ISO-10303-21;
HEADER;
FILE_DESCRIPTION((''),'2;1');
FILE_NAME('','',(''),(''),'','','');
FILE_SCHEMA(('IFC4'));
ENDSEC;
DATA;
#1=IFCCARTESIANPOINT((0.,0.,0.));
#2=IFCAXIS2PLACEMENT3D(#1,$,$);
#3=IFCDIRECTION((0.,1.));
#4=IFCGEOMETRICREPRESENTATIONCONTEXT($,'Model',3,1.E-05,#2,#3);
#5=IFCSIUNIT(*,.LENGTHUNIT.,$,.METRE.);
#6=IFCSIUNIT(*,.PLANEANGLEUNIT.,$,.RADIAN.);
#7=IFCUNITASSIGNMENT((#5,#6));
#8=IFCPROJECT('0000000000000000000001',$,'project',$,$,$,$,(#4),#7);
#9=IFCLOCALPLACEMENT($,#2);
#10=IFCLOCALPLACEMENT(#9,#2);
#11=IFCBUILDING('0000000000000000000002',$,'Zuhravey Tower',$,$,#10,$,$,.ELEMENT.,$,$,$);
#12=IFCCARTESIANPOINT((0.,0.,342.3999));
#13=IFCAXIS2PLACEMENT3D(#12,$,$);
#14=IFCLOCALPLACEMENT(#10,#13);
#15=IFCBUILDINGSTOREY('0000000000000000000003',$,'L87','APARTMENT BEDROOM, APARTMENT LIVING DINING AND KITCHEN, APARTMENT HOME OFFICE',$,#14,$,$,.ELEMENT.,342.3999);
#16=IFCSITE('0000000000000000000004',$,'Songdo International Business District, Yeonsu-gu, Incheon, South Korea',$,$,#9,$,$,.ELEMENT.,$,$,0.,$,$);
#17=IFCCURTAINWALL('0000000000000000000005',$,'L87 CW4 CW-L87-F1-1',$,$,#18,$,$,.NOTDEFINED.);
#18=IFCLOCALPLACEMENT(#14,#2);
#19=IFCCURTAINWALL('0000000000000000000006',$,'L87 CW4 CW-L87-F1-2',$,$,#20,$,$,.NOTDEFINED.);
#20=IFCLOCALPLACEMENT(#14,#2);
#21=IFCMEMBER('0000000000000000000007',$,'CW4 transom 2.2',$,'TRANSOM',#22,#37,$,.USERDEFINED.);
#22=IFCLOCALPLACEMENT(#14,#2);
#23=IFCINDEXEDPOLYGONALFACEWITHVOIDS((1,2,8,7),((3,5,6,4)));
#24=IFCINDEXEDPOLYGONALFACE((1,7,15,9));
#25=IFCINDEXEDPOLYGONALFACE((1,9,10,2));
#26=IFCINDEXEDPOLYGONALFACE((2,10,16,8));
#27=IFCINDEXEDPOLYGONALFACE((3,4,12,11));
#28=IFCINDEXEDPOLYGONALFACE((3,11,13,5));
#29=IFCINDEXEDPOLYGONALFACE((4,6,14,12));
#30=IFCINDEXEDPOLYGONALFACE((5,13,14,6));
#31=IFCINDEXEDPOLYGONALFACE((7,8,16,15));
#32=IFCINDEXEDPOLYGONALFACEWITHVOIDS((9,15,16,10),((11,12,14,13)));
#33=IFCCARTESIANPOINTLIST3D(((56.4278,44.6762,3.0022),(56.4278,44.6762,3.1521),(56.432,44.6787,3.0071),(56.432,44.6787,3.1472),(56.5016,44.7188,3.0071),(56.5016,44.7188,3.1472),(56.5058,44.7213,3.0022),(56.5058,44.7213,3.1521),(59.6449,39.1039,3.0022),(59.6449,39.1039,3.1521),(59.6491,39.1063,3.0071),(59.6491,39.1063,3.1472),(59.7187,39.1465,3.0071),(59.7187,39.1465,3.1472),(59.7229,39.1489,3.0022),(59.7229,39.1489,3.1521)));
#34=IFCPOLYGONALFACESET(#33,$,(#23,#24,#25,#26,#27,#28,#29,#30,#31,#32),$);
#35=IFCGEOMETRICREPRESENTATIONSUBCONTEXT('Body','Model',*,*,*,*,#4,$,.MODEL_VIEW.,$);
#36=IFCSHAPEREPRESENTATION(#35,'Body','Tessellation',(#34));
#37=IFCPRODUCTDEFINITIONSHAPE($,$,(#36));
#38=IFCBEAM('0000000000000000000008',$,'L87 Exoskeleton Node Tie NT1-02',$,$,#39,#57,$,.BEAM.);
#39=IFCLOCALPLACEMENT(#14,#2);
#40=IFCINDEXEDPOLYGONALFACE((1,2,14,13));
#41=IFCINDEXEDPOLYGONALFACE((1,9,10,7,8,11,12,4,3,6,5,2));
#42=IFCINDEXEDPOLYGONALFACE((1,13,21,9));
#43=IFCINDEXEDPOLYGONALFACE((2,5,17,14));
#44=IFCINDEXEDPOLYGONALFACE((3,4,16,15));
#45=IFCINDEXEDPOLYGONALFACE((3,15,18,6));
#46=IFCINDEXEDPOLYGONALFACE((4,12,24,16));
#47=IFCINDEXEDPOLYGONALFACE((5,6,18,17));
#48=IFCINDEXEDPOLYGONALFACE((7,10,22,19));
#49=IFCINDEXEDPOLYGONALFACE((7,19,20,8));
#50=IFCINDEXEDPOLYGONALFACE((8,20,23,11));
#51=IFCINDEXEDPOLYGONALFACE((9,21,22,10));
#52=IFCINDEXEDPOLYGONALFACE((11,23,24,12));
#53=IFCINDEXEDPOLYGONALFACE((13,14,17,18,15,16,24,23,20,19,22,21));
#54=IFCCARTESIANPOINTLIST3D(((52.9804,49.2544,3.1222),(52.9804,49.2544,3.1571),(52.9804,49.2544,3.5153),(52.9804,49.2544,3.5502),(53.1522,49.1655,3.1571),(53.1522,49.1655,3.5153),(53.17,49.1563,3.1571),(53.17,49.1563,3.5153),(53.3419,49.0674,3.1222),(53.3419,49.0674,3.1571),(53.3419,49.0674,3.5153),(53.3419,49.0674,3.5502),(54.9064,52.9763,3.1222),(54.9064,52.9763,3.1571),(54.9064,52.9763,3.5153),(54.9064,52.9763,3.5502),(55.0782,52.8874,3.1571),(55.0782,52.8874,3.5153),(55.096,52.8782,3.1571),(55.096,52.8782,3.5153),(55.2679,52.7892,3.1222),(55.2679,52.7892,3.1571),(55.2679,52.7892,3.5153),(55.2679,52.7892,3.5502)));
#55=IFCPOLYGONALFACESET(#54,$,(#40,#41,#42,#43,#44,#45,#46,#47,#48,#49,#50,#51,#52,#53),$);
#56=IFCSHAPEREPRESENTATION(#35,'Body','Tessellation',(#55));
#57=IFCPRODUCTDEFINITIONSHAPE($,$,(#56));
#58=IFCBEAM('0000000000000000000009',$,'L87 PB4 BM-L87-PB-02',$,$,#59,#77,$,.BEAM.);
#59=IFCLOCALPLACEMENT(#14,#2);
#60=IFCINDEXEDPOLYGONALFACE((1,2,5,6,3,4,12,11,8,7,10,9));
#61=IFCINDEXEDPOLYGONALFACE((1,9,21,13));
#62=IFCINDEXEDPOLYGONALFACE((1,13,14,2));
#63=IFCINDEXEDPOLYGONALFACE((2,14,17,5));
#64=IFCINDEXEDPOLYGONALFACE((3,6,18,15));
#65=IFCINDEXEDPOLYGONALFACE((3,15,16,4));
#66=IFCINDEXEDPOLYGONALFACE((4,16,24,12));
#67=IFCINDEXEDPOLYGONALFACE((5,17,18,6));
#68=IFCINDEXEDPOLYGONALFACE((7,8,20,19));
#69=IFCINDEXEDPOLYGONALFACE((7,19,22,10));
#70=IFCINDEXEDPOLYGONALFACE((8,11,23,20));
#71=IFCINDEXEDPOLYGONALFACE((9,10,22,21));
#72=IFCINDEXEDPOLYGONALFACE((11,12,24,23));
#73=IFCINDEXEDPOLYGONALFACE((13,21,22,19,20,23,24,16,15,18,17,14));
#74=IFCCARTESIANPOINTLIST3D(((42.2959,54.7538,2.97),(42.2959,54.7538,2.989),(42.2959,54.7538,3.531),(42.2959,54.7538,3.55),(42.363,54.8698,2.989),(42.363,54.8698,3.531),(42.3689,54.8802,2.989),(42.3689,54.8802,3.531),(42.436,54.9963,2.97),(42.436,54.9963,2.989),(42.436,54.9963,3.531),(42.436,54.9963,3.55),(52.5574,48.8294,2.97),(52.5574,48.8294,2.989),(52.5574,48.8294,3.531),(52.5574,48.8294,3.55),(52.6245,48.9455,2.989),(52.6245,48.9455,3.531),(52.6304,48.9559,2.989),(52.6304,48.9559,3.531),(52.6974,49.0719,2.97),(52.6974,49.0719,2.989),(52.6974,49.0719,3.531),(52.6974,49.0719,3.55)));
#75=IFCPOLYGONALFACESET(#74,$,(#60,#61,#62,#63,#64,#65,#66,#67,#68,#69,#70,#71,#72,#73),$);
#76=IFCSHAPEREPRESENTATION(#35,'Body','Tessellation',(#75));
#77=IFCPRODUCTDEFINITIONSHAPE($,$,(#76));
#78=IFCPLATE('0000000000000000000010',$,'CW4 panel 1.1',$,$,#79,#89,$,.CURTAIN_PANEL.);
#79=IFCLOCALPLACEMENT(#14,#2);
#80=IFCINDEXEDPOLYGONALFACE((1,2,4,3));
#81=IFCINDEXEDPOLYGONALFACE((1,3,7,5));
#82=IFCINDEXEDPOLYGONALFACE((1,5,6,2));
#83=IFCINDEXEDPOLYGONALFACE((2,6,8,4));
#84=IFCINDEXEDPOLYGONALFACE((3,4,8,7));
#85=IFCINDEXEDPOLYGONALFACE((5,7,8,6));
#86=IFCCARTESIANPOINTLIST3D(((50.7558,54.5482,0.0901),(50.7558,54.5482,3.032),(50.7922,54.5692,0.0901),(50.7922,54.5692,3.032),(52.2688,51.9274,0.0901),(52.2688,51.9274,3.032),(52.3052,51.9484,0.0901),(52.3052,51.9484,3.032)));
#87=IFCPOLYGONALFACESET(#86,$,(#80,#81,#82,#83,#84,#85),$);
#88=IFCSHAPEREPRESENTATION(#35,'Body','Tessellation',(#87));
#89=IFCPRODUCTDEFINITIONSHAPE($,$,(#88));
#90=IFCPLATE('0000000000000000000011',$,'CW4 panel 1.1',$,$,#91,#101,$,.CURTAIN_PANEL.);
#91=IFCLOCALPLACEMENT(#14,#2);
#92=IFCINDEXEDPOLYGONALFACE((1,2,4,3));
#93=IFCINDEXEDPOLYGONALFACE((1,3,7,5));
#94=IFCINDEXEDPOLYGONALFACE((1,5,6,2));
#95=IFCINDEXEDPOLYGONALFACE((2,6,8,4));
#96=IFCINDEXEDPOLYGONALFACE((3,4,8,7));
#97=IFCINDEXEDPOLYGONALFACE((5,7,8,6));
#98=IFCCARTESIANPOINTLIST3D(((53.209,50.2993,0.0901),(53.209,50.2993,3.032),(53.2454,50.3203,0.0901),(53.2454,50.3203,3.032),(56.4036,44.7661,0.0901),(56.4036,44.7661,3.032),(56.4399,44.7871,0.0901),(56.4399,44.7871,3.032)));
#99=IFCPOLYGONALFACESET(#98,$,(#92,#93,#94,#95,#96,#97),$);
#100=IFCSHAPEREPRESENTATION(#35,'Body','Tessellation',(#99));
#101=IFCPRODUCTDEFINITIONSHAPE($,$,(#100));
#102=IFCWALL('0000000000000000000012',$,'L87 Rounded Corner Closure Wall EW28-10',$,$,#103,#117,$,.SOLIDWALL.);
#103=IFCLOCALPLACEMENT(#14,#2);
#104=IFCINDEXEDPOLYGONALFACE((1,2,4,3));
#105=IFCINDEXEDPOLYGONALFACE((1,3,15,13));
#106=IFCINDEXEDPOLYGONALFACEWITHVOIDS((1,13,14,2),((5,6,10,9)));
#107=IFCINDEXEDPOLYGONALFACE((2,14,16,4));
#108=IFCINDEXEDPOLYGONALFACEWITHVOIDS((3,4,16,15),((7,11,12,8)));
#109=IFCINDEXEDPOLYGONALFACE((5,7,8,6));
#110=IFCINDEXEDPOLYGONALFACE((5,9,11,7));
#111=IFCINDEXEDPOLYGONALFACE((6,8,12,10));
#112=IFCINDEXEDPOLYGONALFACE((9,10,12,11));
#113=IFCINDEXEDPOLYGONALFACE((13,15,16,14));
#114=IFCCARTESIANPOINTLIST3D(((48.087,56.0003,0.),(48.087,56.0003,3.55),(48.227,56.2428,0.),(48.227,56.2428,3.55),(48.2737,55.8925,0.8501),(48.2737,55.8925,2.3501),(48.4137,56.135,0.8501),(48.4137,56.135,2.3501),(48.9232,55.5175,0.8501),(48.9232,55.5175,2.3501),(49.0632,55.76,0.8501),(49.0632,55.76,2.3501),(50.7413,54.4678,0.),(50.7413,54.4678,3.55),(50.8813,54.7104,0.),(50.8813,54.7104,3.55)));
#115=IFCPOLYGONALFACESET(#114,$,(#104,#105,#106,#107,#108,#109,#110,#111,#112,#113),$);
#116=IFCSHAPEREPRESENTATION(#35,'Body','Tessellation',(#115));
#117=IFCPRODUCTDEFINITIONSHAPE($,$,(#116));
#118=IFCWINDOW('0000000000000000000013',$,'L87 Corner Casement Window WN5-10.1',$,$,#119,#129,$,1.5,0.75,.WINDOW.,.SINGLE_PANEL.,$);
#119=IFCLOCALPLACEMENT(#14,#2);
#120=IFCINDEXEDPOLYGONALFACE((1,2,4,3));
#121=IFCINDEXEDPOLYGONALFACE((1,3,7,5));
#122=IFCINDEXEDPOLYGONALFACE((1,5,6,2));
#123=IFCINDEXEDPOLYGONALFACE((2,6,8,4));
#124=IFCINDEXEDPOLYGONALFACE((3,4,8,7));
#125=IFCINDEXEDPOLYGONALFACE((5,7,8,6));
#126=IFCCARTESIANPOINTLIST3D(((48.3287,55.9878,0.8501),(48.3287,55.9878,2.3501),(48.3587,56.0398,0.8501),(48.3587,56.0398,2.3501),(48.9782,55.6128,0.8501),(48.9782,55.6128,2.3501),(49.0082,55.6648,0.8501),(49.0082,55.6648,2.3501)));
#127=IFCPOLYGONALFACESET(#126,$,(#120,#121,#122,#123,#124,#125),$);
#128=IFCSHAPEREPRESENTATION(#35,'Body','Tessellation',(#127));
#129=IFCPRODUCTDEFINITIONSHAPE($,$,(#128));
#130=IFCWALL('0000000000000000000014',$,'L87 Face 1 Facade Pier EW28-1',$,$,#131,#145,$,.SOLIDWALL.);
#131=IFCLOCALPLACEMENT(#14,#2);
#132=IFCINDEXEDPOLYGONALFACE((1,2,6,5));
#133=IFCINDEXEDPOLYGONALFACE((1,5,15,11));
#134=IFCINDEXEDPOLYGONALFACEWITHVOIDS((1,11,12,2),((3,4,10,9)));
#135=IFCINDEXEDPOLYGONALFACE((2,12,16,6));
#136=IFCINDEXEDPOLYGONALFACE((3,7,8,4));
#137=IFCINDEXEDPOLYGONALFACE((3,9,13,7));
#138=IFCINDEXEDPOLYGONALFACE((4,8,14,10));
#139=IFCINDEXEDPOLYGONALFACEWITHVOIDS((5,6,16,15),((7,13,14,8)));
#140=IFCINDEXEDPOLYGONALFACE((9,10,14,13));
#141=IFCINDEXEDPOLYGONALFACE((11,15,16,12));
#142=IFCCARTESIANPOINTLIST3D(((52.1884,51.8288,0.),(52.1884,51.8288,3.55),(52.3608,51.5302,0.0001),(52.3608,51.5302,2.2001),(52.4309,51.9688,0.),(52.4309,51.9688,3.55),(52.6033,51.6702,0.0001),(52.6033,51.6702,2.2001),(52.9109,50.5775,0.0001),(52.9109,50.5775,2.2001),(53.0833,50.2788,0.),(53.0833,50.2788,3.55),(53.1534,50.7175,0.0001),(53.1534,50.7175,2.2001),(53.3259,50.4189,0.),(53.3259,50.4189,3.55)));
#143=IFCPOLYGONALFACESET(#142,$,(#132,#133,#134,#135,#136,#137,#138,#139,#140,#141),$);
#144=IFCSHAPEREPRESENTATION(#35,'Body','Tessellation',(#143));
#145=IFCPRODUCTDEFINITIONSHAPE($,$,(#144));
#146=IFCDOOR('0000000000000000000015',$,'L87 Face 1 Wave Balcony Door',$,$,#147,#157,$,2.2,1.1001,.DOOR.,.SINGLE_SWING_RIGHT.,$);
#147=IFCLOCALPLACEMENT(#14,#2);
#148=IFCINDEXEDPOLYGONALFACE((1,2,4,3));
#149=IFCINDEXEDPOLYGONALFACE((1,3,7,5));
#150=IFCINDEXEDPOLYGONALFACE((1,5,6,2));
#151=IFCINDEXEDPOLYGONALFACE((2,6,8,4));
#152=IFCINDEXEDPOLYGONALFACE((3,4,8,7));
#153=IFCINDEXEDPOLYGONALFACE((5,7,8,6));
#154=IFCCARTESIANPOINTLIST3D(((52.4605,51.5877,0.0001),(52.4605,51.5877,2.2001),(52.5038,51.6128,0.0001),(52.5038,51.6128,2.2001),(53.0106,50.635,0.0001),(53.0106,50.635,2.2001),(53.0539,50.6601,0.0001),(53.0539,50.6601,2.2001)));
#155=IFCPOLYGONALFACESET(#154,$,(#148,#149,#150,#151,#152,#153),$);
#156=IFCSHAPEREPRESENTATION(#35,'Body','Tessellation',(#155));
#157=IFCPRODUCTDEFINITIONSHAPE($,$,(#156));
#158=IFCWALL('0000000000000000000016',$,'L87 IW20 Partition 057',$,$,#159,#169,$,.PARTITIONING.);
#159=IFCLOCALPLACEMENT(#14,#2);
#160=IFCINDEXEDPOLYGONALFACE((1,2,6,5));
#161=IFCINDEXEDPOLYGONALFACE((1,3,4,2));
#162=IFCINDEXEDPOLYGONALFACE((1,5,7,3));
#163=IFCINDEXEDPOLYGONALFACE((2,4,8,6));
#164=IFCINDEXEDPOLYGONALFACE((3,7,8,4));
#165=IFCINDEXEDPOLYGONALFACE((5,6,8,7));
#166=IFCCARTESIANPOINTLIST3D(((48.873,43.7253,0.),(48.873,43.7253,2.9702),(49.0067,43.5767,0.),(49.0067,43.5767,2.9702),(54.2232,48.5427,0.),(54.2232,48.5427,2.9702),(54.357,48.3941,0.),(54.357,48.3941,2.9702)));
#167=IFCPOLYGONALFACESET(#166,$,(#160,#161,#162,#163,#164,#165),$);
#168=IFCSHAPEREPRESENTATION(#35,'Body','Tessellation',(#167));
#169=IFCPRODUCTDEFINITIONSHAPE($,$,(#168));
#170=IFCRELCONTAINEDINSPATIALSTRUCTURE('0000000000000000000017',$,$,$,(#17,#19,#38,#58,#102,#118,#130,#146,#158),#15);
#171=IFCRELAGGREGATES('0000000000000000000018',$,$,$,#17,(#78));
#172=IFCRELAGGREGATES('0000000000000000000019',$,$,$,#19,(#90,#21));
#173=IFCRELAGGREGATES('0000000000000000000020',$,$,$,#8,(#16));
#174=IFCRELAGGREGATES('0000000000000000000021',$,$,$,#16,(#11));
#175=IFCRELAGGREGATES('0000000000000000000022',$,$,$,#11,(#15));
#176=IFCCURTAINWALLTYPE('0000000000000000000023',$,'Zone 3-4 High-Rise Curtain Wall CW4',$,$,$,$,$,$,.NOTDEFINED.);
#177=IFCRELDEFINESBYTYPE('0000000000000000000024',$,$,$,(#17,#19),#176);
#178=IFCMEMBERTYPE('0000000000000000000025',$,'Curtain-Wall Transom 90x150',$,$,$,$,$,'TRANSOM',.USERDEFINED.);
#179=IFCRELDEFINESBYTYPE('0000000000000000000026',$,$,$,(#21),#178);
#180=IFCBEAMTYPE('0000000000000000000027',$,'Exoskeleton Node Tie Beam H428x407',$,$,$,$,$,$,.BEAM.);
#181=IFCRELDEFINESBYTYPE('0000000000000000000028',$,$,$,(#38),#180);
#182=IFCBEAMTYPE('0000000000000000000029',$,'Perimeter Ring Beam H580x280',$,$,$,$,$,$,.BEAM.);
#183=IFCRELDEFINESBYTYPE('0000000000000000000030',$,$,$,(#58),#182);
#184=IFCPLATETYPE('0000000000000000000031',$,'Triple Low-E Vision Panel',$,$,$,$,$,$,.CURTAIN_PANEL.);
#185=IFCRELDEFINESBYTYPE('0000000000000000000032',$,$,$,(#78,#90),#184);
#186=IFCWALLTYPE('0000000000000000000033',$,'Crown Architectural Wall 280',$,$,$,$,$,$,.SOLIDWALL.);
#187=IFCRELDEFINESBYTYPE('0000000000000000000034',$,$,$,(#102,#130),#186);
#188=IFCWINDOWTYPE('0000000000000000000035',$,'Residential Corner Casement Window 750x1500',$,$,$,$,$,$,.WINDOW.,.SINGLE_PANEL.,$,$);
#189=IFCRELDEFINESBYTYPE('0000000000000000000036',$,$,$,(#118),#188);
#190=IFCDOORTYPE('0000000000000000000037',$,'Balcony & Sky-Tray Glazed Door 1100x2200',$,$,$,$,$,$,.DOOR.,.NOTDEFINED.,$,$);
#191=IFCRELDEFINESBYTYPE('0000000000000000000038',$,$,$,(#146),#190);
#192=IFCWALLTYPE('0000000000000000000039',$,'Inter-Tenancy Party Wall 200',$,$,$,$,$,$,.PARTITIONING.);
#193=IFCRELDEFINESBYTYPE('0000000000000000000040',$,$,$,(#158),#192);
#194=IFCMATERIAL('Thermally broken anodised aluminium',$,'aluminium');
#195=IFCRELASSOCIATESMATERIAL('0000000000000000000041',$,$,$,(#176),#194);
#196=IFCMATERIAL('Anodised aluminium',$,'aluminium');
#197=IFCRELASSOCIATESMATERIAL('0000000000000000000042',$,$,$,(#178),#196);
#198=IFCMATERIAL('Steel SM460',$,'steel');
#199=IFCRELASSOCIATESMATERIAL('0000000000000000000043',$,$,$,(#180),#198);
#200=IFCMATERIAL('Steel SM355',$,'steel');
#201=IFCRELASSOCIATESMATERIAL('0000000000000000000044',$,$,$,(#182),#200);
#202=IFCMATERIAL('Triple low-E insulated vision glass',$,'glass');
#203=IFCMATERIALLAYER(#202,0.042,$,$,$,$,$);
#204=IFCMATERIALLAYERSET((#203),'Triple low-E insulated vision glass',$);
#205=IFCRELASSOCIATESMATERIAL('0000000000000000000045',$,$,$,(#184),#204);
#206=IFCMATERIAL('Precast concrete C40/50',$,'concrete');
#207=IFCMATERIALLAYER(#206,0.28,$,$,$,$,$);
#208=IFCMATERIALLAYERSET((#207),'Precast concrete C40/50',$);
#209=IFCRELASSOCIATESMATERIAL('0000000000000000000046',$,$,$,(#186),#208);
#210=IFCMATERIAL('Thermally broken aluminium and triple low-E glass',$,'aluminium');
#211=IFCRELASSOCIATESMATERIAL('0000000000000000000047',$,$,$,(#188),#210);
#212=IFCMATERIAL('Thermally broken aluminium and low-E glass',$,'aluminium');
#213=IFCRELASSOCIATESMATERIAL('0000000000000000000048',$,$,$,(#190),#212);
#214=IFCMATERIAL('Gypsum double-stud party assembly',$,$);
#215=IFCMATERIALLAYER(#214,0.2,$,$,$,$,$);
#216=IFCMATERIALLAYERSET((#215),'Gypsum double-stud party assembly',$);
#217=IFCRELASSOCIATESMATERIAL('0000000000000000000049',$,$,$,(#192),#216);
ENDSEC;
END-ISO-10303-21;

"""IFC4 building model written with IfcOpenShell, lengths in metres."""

from ifc_helpers import new_model, si_unit, direction, frame, frame_2d, origin, origin_2d, place, context, subcontext, project, spatial, rectangle, hollow_rectangle, i_section, extrude, material, layer, layer_set, material_profile, profile_set, type_object, element, fill, aggregate, save


model = new_model("IFC4")

# Units and contexts
model_context = context("Model", 3, precision=1e-05, world=origin(), true_north=direction((0.0, 1.0)))
body_context = subcontext(model_context, "Body", "Model", "MODEL_VIEW")
ifc_project = project(units=[si_unit("LENGTHUNIT", "METRE"), si_unit("PLANEANGLEUNIT", "RADIAN")], contexts=[model_context])

# Site, building, storey
site_placement = place(None, origin())
site = spatial("IfcSite", under=ifc_project, at=site_placement, Name="Songdo International Business District, Yeonsu-gu, Incheon, South Korea", CompositionType="ELEMENT", RefElevation=0.0)
building_placement = place(site_placement, origin())
building = spatial("IfcBuilding", under=site, at=building_placement, Name="Zuhravey Tower", CompositionType="ELEMENT")
storey_placement = place(building_placement, frame((0.0, 0.0, 342.3999)))
storey = spatial("IfcBuildingStorey", under=building, at=storey_placement, Name="L87", Description="APARTMENT BEDROOM, APARTMENT LIVING DINING AND KITCHEN, APARTMENT HOME OFFICE", CompositionType="ELEMENT", Elevation=342.3999)

# Shared definitions
ifc_material_1 = material(Name="Thermally broken anodised aluminium", Category="aluminium")
curtain_wall_type = type_object("IfcCurtainWallType", Name="Zone 3-4 High-Rise Curtain Wall CW4", PredefinedType="NOTDEFINED", material=ifc_material_1)
ifc_material_2 = material(Name="Anodised aluminium", Category="aluminium")

# Curtain walls
curtain_wall_1_placement = place(storey_placement, origin())
curtain_wall_1 = element("IfcCurtainWall", 1, at=curtain_wall_1_placement, inside=storey, type_object=curtain_wall_type, Name="L87 CW4 CW-L87-F1-1", PredefinedType="NOTDEFINED")
curtain_wall_2_placement = place(storey_placement, origin())
curtain_wall_2 = element("IfcCurtainWall", 2, at=curtain_wall_2_placement, inside=storey, type_object=curtain_wall_type, Name="L87 CW4 CW-L87-F1-2", PredefinedType="NOTDEFINED")

# Member
ifc_material_profile_1 = material_profile(ifc_material_2, hollow_rectangle(XDim=0.0901, YDim=0.1499, WallThickness=0.0049, at=origin_2d()), Name="ALU-RHS-90x150x5")
ifc_profile_set_1 = profile_set([ifc_material_profile_1], Name="Anodised aluminium")
member_type_1 = type_object("IfcMemberType", Name="Curtain-Wall Transom 90x150", ElementType="TRANSOM", PredefinedType="USERDEFINED", material=ifc_profile_set_1)
member_1_placement = place(storey_placement, frame((56.4668, 44.6987, 3.0771), z_axis=(0.499987, -0.866033, 0.0), x_axis=(0.866033, 0.499987, 0.0)))
member_1 = element("IfcMember", 3, at=member_1_placement, type_object=member_type_1, Name="CW4 transom 2.2", ObjectType="TRANSOM", PredefinedType="USERDEFINED", context=body_context, shape_type="SweptSolid", body=[
    extrude(hollow_rectangle(XDim=0.0901, YDim=0.1499, WallThickness=0.0049, at=origin_2d()), origin(), (0.0, 0.0, 1.0), 6.4343),
])

# Beams
ifc_material_3 = material(Name="Steel SM460", Category="steel")
ifc_material_profile_2 = material_profile(ifc_material_3, i_section(OverallWidth=0.407, OverallDepth=0.428, WebThickness=0.02, FlangeThickness=0.0349, at=origin_2d()), Name="H-428x407x20x35")
ifc_profile_set_2 = profile_set([ifc_material_profile_2], Name="Steel SM460")
beam_type_1 = type_object("IfcBeamType", Name="Exoskeleton Node Tie Beam H428x407", PredefinedType="BEAM", material=ifc_profile_set_2)
beam_1_placement = place(storey_placement, frame((53.1611, 49.1609, 3.3362), z_axis=(0.459591, 0.888131, 0.0), x_axis=(-0.888131, 0.459591, 0.0)))
element("IfcBeam", 4, at=beam_1_placement, inside=storey, type_object=beam_type_1, Name="L87 Exoskeleton Node Tie NT1-02", PredefinedType="BEAM", context=body_context, shape_type="SweptSolid", body=[
    extrude(i_section(OverallWidth=0.407, OverallDepth=0.428, WebThickness=0.02, FlangeThickness=0.0349, at=origin_2d()), origin(), (0.0, 0.0, 1.0), 4.1907),
])
ifc_material_4 = material(Name="Steel SM355", Category="steel")
ifc_material_profile_3 = material_profile(ifc_material_4, i_section(OverallWidth=0.28, OverallDepth=0.5801, WebThickness=0.012, FlangeThickness=0.019, at=origin_2d()), Name="H-580x280x12x19")
ifc_profile_set_3 = profile_set([ifc_material_profile_3], Name="Steel SM355")
beam_type_2 = type_object("IfcBeamType", Name="Perimeter Ring Beam H580x280", PredefinedType="BEAM", material=ifc_profile_set_3)
beam_2_placement = place(storey_placement, frame((52.6274, 48.9507, 3.26), z_axis=(-0.866031, 0.499991, 0.0), x_axis=(-0.499991, -0.866031, 0.0)))
element("IfcBeam", 5, at=beam_2_placement, inside=storey, type_object=beam_type_2, Name="L87 PB4 BM-L87-PB-02", PredefinedType="BEAM", context=body_context, shape_type="SweptSolid", body=[
    extrude(i_section(OverallWidth=0.28, OverallDepth=0.5801, WebThickness=0.012, FlangeThickness=0.019, at=origin_2d()), origin(), (0.0, 0.0, 1.0), 11.8489),
])

# Plates
ifc_material_5 = material(Name="Triple low-E insulated vision glass", Category="glass")
ifc_layer_1 = layer(ifc_material_5, 0.042)
ifc_layer_set_1 = layer_set([ifc_layer_1], Name="Triple low-E insulated vision glass")
plate_type = type_object("IfcPlateType", Name="Triple Low-E Vision Panel", PredefinedType="CURTAIN_PANEL", material=ifc_layer_set_1)
plate_1_placement = place(storey_placement, frame((51.5305, 53.2483, 0.0901), z_axis=(0.0, 0.0, 1.0), x_axis=(0.499983, -0.866035, 0.0)))
plate_1 = element("IfcPlate", 6, at=plate_1_placement, type_object=plate_type, Name="CW4 panel 1.1", PredefinedType="CURTAIN_PANEL", context=body_context, shape_type="SweptSolid", body=[
    extrude(rectangle(XDim=3.0261, YDim=0.042, at=origin_2d()), origin(), (0.0, 0.0, 1.0), 2.9419),
])
aggregate(curtain_wall_1, [plate_1])
plate_2_placement = place(storey_placement, frame((54.8245, 47.5432, 0.0901), z_axis=(0.0, 0.0, 1.0), x_axis=(0.500002, -0.866025, 0.0)))
plate_2 = element("IfcPlate", 7, at=plate_2_placement, type_object=plate_type, Name="CW4 panel 1.1", PredefinedType="CURTAIN_PANEL", context=body_context, shape_type="SweptSolid", body=[
    extrude(rectangle(XDim=6.3892, YDim=0.042, at=origin_2d()), origin(), (0.0, 0.0, 1.0), 2.9419),
])
aggregate(curtain_wall_2, [plate_2, member_1])

# Wall, opening, window
ifc_material_6 = material(Name="Precast concrete C40/50", Category="concrete")
ifc_layer_2 = layer(ifc_material_6, 0.28)
ifc_layer_set_2 = layer_set([ifc_layer_2], Name="Precast concrete C40/50")
wall_type_1 = type_object("IfcWallType", Name="Crown Architectural Wall 280", PredefinedType="SOLIDWALL", material=ifc_layer_set_2)
wall_1_placement = place(storey_placement, frame((48.157, 56.1216, 0.0), z_axis=(0.0, 0.0, 1.0), x_axis=(0.866024, -0.500003, 0.0)))
wall_1 = element("IfcWall", 8, at=wall_1_placement, inside=storey, type_object=wall_type_1, Name="L87 Rounded Corner Closure Wall EW28-10", PredefinedType="SOLIDWALL", context=body_context, shape_type="SweptSolid", body=[
    extrude(rectangle(XDim=3.0649, YDim=0.28, at=frame_2d((1.5325, 0.0))), origin(), (0.0, 0.0, 1.0), 3.55),
])
opening_1_placement = place(wall_1_placement, frame((0.2156, 0.0, 0.8501)))
opening_1 = element("IfcOpeningElement", 9, at=opening_1_placement, cuts=wall_1, PredefinedType="OPENING", context=body_context, shape_type="SweptSolid", body=[
    extrude(rectangle(XDim=0.75, YDim=1.5, at=frame_2d((0.375, 0.75))), frame((0.0, 0.1521, 0.0), z_axis=(0.0, -1.0, 0.0), x_axis=(1.0, 0.0, 0.0)), (0.0, 0.0, 1.0), 0.304),
])
ifc_material_7 = material(Name="Thermally broken aluminium and triple low-E glass", Category="aluminium")
window_type = type_object("IfcWindowType", Name="Residential Corner Casement Window 750x1500", PartitioningType="SINGLE_PANEL", PredefinedType="WINDOW", material=ifc_material_7)
window_placement = place(opening_1_placement, origin())
window = element("IfcWindow", 10, at=window_placement, inside=storey, type_object=window_type, Name="L87 Corner Casement Window WN5-10.1", OverallHeight=1.5, OverallWidth=0.75, PartitioningType="SINGLE_PANEL", PredefinedType="WINDOW", context=body_context, shape_type="SweptSolid", body=[
    extrude(rectangle(XDim=0.75, YDim=1.5, at=frame_2d((0.375, 0.75))), frame((0.0, 0.03, 0.0), z_axis=(0.0, -1.0, 0.0), x_axis=(1.0, 0.0, 0.0)), (0.0, 0.0, 1.0), 0.0601),
])
fill(opening_1, window)

# Wall, opening, door
wall_2_placement = place(storey_placement, frame((52.3096, 51.8989, 0.0), z_axis=(0.0, 0.0, 1.0), x_axis=(0.500041, -0.866002, 0.0)))
wall_2 = element("IfcWall", 11, at=wall_2_placement, inside=storey, type_object=wall_type_1, Name="L87 Face 1 Facade Pier EW28-1", PredefinedType="SOLIDWALL", context=body_context, shape_type="SweptSolid", body=[
    extrude(rectangle(XDim=1.7898, YDim=0.28, at=frame_2d((0.895, 0.0))), origin(), (0.0, 0.0, 1.0), 3.55),
])
opening_2_placement = place(wall_2_placement, frame((0.345, 0.0, 0.0)))
opening_2 = element("IfcOpeningElement", 12, at=opening_2_placement, cuts=wall_2, PredefinedType="OPENING", context=body_context, shape_type="SweptSolid", body=[
    extrude(rectangle(XDim=1.1001, YDim=2.2, at=frame_2d((0.55, 1.1001))), frame((0.0, 0.1521, 0.0), z_axis=(0.0, -1.0, 0.0), x_axis=(1.0, 0.0, 0.0)), (0.0, 0.0, 1.0), 0.304),
])
ifc_material_8 = material(Name="Thermally broken aluminium and low-E glass", Category="aluminium")
door_type_1 = type_object("IfcDoorType", Name="Balcony & Sky-Tray Glazed Door 1100x2200", OperationType="NOTDEFINED", PredefinedType="DOOR", material=ifc_material_8)
door_1_placement = place(opening_2_placement, frame((1.1001, 0.0, 0.0), z_axis=(0.0, 0.0, 1.0), x_axis=(-1.0, 0.0, 0.0)))
door_1 = element("IfcDoor", 13, at=door_1_placement, inside=storey, type_object=door_type_1, Name="L87 Face 1 Wave Balcony Door", OperationType="SINGLE_SWING_RIGHT", OverallHeight=2.2, OverallWidth=1.1001, PredefinedType="DOOR", context=body_context, shape_type="SweptSolid", body=[
    extrude(rectangle(XDim=1.1001, YDim=2.2, at=frame_2d((0.55, 1.1001))), frame((0.0, 0.0249, 0.0), z_axis=(0.0, -1.0, 0.0), x_axis=(1.0, 0.0, 0.0)), (0.0, 0.0, 1.0), 0.05),
])
fill(opening_2, door_1)

# Wall
ifc_material_9 = material(Name="Gypsum double-stud party assembly")
ifc_layer_3 = layer(ifc_material_9, 0.2)
ifc_layer_set_3 = layer_set([ifc_layer_3], Name="Gypsum double-stud party assembly")
wall_type_2 = type_object("IfcWallType", Name="Inter-Tenancy Party Wall 200", PredefinedType="PARTITIONING", material=ifc_layer_set_3)
wall_3_placement = place(storey_placement, frame((48.9399, 43.6511, 0.0), z_axis=(0.0, 0.0, 1.0), x_axis=(0.743151, 0.669124, 0.0)))
element("IfcWall", 14, at=wall_3_placement, inside=storey, type_object=wall_type_2, Name="L87 IW20 Partition 057", PredefinedType="PARTITIONING", context=body_context, shape_type="SweptSolid", body=[
    extrude(rectangle(XDim=7.1995, YDim=0.2, at=frame_2d((3.5996, 0.0))), origin(), (0.0, 0.0, 1.0), 2.9702),
])

save(model, "model.ifc")
